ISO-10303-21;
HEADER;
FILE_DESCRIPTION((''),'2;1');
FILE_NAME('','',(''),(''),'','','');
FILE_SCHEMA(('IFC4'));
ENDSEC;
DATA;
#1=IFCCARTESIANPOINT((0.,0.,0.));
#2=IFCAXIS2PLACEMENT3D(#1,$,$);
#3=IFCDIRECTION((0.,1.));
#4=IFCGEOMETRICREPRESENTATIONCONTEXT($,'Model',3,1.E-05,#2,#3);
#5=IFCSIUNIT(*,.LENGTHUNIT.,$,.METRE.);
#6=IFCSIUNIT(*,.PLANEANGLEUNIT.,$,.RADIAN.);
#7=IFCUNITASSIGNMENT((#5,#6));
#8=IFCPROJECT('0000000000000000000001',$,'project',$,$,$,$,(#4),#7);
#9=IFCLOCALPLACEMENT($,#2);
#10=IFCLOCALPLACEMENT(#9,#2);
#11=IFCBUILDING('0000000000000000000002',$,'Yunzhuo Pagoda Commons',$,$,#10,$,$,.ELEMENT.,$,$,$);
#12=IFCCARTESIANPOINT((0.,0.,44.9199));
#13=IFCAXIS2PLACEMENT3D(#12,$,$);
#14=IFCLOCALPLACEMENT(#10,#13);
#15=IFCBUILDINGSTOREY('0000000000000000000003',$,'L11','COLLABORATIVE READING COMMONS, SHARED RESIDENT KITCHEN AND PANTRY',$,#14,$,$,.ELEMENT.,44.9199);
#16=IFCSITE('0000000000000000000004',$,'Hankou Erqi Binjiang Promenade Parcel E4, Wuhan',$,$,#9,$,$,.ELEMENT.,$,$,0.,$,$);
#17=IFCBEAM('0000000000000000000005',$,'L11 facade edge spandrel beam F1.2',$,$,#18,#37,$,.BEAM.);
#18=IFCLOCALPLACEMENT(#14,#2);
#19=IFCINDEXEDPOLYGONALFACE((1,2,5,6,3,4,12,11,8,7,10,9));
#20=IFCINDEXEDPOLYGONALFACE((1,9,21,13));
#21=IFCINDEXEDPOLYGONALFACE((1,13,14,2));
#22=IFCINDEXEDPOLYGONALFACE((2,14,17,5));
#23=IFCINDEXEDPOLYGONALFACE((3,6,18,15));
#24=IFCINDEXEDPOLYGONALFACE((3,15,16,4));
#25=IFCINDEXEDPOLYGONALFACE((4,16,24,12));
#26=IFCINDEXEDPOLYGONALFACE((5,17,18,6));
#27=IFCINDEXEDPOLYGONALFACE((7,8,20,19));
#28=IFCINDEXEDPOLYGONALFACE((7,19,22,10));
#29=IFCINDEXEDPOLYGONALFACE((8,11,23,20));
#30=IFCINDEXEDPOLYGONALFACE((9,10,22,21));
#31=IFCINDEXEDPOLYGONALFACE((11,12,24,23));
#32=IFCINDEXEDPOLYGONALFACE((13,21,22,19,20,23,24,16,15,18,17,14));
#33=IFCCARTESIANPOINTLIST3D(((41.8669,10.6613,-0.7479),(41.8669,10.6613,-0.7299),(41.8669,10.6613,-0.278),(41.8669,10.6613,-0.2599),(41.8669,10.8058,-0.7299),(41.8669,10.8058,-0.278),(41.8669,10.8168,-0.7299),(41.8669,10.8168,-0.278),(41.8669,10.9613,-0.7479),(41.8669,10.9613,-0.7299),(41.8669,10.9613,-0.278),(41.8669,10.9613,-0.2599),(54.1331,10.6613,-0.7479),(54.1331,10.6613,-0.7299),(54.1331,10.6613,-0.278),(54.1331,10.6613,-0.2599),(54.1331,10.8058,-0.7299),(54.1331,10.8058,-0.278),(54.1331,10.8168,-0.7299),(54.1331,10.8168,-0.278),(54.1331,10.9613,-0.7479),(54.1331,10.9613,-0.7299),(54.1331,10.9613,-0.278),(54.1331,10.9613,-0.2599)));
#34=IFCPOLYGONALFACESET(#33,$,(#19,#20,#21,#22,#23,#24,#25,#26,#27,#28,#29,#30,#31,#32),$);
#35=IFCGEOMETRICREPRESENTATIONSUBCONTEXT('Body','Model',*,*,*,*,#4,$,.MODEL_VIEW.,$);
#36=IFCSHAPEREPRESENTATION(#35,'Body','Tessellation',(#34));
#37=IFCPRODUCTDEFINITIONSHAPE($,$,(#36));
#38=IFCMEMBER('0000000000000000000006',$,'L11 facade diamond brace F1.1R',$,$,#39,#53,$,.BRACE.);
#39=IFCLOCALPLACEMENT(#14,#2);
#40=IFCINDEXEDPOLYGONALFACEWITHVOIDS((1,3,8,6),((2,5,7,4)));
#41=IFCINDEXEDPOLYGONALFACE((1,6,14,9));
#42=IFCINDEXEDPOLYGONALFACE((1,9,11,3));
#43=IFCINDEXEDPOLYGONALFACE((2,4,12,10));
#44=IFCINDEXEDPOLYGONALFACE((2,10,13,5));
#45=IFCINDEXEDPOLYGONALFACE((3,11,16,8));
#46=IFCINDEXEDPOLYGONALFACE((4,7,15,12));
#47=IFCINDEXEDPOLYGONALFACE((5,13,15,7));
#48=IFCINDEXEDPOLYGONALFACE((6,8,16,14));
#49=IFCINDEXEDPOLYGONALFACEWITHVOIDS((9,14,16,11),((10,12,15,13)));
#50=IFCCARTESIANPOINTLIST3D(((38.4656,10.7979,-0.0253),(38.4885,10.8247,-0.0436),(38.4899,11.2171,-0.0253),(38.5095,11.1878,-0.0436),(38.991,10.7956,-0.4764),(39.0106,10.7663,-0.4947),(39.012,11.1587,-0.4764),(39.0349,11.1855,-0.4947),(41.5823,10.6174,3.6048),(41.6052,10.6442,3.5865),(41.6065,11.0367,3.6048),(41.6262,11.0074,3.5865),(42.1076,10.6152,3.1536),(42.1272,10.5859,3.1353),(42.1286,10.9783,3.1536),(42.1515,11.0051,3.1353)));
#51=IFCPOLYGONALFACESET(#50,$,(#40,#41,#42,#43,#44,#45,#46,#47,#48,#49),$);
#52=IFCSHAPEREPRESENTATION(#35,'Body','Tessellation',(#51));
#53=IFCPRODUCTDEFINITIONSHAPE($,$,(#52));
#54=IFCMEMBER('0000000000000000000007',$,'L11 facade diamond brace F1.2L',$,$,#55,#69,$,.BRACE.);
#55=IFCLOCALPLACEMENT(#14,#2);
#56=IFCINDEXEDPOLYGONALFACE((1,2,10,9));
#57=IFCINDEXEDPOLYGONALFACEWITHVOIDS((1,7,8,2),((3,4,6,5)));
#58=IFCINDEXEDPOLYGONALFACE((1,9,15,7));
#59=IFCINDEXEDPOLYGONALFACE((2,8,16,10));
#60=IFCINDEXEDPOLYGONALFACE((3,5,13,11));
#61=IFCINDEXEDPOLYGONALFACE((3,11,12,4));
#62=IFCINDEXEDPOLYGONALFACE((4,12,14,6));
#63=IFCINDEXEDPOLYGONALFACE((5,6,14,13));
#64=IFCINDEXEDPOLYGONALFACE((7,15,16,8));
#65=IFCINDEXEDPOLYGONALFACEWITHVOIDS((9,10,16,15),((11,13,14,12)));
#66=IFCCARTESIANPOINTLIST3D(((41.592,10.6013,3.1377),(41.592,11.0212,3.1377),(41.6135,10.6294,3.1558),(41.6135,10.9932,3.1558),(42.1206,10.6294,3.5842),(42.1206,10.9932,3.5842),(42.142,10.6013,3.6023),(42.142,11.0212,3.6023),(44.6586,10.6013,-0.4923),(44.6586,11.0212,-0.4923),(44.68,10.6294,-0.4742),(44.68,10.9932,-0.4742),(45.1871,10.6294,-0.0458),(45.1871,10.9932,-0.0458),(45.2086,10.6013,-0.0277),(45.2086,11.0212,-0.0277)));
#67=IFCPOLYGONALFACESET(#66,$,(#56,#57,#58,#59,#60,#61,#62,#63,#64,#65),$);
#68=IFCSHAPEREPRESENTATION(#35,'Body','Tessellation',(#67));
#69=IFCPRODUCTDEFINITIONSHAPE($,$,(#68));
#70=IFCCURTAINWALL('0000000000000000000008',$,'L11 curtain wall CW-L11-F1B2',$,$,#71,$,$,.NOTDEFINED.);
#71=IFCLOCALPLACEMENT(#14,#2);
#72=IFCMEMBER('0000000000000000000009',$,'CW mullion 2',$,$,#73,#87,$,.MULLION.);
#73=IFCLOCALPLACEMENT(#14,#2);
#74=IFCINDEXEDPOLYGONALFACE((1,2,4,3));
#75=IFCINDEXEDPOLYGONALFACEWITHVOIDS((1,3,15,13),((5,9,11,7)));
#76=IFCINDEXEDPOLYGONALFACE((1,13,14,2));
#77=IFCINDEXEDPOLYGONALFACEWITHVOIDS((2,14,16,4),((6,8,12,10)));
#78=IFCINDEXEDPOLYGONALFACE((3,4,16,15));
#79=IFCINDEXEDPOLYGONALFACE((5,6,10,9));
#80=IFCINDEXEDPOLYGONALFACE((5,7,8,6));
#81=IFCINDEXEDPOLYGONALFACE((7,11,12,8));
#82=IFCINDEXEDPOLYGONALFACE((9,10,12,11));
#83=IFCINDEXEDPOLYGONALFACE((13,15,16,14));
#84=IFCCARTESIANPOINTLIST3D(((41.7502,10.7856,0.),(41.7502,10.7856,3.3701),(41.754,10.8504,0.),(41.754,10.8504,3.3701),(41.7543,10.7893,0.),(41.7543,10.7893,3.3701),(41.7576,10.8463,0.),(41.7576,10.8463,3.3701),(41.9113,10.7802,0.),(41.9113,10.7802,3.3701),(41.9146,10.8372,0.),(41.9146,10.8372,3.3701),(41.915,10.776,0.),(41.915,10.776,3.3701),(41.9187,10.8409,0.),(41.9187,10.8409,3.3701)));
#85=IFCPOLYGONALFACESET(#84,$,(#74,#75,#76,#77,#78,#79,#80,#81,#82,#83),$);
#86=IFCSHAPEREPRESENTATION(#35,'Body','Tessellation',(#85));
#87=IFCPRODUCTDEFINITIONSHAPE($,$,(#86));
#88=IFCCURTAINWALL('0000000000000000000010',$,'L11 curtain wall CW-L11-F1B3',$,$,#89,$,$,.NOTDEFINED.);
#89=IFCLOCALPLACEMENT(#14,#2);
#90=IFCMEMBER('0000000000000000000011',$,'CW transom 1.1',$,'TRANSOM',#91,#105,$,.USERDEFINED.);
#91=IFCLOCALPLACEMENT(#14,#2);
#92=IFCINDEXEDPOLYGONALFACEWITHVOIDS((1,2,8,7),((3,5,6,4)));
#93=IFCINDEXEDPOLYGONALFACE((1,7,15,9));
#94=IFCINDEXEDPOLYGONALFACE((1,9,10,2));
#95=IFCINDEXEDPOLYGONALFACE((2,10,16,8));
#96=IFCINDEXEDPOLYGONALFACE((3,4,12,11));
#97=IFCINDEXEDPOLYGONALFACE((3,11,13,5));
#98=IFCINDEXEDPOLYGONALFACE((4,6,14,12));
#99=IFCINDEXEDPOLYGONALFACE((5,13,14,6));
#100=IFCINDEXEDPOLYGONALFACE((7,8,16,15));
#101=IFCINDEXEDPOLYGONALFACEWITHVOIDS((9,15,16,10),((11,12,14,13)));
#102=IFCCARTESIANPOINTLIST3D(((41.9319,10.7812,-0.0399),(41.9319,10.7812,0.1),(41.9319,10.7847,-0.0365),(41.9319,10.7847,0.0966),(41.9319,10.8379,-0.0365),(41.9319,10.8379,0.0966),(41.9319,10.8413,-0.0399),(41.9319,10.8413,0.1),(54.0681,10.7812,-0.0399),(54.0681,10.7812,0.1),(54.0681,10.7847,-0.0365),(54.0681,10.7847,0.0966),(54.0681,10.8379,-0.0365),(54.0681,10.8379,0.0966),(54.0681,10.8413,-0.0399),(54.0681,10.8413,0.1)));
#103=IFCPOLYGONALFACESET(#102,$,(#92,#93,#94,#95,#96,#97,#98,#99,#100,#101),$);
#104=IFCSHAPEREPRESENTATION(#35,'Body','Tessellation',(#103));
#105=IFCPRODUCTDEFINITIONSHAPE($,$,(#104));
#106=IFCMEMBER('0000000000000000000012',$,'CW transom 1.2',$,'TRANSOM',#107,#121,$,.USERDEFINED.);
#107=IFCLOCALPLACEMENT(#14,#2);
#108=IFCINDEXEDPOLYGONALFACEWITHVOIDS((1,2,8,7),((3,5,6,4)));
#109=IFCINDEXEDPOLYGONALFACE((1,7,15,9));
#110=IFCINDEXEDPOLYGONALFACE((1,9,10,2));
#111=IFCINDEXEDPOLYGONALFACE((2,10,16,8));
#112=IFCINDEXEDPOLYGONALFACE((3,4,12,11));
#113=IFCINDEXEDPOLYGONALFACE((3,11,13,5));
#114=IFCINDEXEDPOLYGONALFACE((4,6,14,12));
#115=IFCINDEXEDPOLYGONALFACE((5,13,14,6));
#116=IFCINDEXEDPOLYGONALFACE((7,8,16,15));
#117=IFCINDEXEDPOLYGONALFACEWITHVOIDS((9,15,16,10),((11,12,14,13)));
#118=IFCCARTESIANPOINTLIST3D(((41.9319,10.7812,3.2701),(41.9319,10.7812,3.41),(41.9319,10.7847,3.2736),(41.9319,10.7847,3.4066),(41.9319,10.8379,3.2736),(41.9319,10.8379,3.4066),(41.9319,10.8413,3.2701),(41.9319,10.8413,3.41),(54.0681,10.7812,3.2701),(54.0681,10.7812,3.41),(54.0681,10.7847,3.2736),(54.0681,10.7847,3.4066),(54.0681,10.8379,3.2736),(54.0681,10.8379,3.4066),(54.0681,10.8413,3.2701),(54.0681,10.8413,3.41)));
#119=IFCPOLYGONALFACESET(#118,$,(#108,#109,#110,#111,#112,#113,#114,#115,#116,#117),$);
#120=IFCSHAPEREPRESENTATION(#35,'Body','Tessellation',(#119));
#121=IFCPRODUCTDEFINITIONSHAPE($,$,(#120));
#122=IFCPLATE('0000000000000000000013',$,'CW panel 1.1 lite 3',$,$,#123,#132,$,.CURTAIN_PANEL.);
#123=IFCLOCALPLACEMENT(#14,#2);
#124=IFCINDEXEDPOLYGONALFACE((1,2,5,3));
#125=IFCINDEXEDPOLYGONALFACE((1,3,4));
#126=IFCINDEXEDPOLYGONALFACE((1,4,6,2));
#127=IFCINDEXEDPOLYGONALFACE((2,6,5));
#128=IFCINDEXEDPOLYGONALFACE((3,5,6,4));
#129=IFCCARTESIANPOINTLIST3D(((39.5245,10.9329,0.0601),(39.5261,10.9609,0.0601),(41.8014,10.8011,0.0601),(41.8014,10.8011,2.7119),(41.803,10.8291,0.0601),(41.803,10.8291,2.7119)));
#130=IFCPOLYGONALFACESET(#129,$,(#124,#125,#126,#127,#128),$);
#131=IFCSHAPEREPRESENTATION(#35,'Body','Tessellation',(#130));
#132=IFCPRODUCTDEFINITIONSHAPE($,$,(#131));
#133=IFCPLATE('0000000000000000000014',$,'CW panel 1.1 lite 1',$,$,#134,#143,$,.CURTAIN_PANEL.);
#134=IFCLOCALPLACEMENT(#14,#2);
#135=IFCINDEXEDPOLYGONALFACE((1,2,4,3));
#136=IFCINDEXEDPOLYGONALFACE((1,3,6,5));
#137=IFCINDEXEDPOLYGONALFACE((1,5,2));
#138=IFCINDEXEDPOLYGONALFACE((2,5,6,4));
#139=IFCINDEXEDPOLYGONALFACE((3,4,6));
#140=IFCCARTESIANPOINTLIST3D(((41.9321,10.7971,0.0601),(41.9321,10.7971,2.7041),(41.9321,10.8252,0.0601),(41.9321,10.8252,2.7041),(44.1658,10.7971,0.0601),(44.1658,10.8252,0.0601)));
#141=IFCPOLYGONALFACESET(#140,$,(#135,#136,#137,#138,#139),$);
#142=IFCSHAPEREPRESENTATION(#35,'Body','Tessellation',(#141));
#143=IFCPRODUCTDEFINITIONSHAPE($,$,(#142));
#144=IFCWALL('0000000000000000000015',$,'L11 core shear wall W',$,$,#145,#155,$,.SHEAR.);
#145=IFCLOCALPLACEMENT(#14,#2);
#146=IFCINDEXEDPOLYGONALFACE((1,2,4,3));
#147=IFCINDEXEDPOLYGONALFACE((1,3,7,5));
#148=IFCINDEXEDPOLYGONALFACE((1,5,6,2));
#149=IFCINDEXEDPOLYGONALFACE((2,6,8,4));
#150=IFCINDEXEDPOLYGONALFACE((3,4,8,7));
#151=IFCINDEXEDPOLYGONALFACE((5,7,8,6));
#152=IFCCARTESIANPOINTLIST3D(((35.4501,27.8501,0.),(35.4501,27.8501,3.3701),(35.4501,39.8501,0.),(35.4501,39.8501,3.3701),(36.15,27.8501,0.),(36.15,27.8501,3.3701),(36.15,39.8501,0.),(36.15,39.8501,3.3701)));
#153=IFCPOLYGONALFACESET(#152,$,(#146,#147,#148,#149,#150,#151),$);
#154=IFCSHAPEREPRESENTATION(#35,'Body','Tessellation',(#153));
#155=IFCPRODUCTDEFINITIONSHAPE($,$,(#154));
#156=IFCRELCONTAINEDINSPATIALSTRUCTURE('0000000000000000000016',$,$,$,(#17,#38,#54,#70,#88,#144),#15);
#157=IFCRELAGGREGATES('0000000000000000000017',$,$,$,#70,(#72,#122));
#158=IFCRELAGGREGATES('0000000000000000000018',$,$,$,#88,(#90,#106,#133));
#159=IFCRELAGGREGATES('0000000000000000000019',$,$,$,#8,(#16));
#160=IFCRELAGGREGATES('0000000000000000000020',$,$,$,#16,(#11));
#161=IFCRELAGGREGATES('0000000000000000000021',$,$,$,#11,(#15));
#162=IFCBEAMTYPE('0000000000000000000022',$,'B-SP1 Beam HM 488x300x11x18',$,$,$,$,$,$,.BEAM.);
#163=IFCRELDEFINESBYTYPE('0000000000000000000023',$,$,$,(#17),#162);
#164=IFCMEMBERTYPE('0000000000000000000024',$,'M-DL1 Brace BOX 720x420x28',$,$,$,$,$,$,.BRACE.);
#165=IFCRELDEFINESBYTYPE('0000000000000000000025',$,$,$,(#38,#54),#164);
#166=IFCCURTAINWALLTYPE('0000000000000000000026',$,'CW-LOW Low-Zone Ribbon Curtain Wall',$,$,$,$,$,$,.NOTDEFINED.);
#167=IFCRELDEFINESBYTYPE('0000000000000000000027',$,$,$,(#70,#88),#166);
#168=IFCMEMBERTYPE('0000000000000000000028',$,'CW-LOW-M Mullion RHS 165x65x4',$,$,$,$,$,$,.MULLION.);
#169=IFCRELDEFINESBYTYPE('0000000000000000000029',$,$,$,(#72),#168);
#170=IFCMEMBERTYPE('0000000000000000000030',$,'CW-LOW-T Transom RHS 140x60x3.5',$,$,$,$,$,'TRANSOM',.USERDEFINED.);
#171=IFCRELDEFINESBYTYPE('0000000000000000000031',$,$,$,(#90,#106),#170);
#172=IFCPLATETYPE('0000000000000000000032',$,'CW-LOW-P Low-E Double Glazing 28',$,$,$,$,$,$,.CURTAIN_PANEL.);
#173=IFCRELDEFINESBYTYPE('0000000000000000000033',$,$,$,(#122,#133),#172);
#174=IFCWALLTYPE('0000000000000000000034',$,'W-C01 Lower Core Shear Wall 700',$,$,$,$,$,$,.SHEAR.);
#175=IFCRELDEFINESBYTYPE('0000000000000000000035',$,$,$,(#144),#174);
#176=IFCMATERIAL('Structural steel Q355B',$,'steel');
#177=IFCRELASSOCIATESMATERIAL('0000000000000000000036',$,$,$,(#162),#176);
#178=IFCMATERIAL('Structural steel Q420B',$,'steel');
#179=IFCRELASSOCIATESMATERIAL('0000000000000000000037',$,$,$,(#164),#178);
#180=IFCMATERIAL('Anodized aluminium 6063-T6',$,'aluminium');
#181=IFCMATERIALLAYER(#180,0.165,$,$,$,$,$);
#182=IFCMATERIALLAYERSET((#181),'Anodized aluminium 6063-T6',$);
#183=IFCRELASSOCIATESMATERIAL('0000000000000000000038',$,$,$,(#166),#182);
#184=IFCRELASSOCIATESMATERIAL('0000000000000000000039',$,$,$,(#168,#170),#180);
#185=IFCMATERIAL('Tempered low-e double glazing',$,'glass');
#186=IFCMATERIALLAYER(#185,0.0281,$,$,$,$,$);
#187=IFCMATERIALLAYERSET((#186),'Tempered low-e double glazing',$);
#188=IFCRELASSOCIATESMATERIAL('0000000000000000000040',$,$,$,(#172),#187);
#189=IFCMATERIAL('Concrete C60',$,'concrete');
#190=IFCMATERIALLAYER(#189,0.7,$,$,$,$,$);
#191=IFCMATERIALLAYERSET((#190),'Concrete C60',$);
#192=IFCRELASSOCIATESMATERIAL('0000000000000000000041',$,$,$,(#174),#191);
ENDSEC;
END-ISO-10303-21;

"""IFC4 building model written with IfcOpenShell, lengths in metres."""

from ifc_helpers import new_model, si_unit, direction, frame, frame_2d, origin, origin_2d, place, context, subcontext, project, spatial, polyline, rectangle, hollow_rectangle, i_section, outline, extrude, source, transform, mapped, material, layer, layer_set, material_profile, profile_set, type_object, element, aggregate, save


model = new_model("IFC4")

# Units and contexts
model_context = context("Model", 3, precision=1e-05, world=origin(), true_north=direction((0.0, 1.0)))
body_context = subcontext(model_context, "Body", "Model", "MODEL_VIEW")
ifc_project = project(units=[si_unit("LENGTHUNIT", "METRE"), si_unit("PLANEANGLEUNIT", "RADIAN")], contexts=[model_context])

# Site, building, storey
site_placement = place(None, origin())
site = spatial("IfcSite", under=ifc_project, at=site_placement, Name="Hankou Erqi Binjiang Promenade Parcel E4, Wuhan", CompositionType="ELEMENT", RefElevation=0.0)
building_placement = place(site_placement, origin())
building = spatial("IfcBuilding", under=site, at=building_placement, Name="Yunzhuo Pagoda Commons", CompositionType="ELEMENT")
storey_placement = place(building_placement, frame((0.0, 0.0, 44.9199)))
storey = spatial("IfcBuildingStorey", under=building, at=storey_placement, Name="L11", Description="COLLABORATIVE READING COMMONS, SHARED RESIDENT KITCHEN AND PANTRY", CompositionType="ELEMENT", Elevation=44.9199)

# Shared definitions
ifc_material_1 = material(Name="Structural steel Q420B", Category="steel")

# Beam
ifc_material_2 = material(Name="Structural steel Q355B", Category="steel")
ifc_material_profile_1 = material_profile(ifc_material_2, i_section(OverallWidth=0.3, OverallDepth=0.488, WebThickness=0.011, FlangeThickness=0.0181, at=origin_2d()), Name="Structural steel Q355B")
ifc_profile_set_1 = profile_set([ifc_material_profile_1], Name="Structural steel Q355B")
beam_type_1 = type_object("IfcBeamType", Name="B-SP1 Beam HM 488x300x11x18", PredefinedType="BEAM", material=ifc_profile_set_1)
shared_shape_1 = source(origin(), body_context, "Body", "SweptSolid", [
    extrude(i_section(OverallWidth=0.3, OverallDepth=0.488, WebThickness=0.011, FlangeThickness=0.0181, at=origin_2d()), origin(), (0.0, 0.0, 1.0), 12.2661),
])
beam_1_placement = place(storey_placement, frame((41.8669, 10.8113, -0.5039), z_axis=(1.0, 0.0, 0.0), x_axis=(0.0, 1.0, 0.0)))
element("IfcBeam", 1, at=beam_1_placement, inside=storey, type_object=beam_type_1, Name="L11 facade edge spandrel beam F1.2", PredefinedType="BEAM", context=body_context, shape_type="MappedRepresentation", body=[
    mapped(shared_shape_1, transform((0.0, 0.0, 0.0), scale=1.0)),
])

# Members
ifc_material_profile_2 = material_profile(ifc_material_1, hollow_rectangle(XDim=0.4199, YDim=0.72, WallThickness=0.0281, at=origin_2d()), Name="Structural steel Q420B")
ifc_profile_set_2 = profile_set([ifc_material_profile_2], Name="Structural steel Q420B")
member_type_1 = type_object("IfcMemberType", Name="M-DL1 Brace BOX 720x420x28", PredefinedType="BRACE", material=ifc_profile_set_2)
shared_shape_2 = source(origin(), body_context, "Body", "SweptSolid", [
    extrude(hollow_rectangle(XDim=0.4199, YDim=0.72, WallThickness=0.0281, at=origin_2d()), origin(), (0.0, 0.0, 1.0), 4.7878),
])
member_1_placement = place(storey_placement, frame((38.7502, 10.9917, -0.26), z_axis=(0.65095, -0.037682, 0.758184), x_axis=(0.057791, 0.998329, 0.0)))
element("IfcMember", 2, at=member_1_placement, inside=storey, type_object=member_type_1, Name="L11 facade diamond brace F1.1R", PredefinedType="BRACE", context=body_context, shape_type="MappedRepresentation", body=[
    mapped(shared_shape_2, transform((0.0, 0.0, 0.0), scale=1.0)),
])
shared_shape_3 = source(origin(), body_context, "Body", "SweptSolid", [
    extrude(hollow_rectangle(XDim=0.4199, YDim=0.72, WallThickness=0.0281, at=origin_2d()), origin(), (0.0, 0.0, 1.0), 4.752),
])
member_2_placement = place(storey_placement, frame((44.9336, 10.8113, -0.26), z_axis=(-0.645329, 0.0, 0.763904), x_axis=(0.0, -1.0, 0.0)))
element("IfcMember", 3, at=member_2_placement, inside=storey, type_object=member_type_1, Name="L11 facade diamond brace F1.2L", PredefinedType="BRACE", context=body_context, shape_type="MappedRepresentation", body=[
    mapped(shared_shape_3, transform((0.0, 0.0, 0.0), scale=1.0)),
])

# Curtain wall, member
ifc_material_3 = material(Name="Anodized aluminium 6063-T6", Category="aluminium")
ifc_layer_1 = layer(ifc_material_3, 0.165)
ifc_layer_set_1 = layer_set([ifc_layer_1], Name="Anodized aluminium 6063-T6")
curtain_wall_type = type_object("IfcCurtainWallType", Name="CW-LOW Low-Zone Ribbon Curtain Wall", PredefinedType="NOTDEFINED", material=ifc_layer_set_1)
curtain_wall_1_placement = place(storey_placement, origin())
curtain_wall_1 = element("IfcCurtainWall", 4, at=curtain_wall_1_placement, inside=storey, type_object=curtain_wall_type, Name="L11 curtain wall CW-L11-F1B2", PredefinedType="NOTDEFINED")
ifc_material_profile_3 = material_profile(ifc_material_3, hollow_rectangle(XDim=0.0649, YDim=0.165, WallThickness=0.0039, at=origin_2d()), Name="Anodized aluminium 6063-T6")
ifc_profile_set_3 = profile_set([ifc_material_profile_3], Name="Anodized aluminium 6063-T6")
member_type_2 = type_object("IfcMemberType", Name="CW-LOW-M Mullion RHS 165x65x4", PredefinedType="MULLION", material=ifc_profile_set_3)
shared_shape_4 = source(origin(), body_context, "Body", "SweptSolid", [
    extrude(hollow_rectangle(XDim=0.0649, YDim=0.165, WallThickness=0.0039, at=origin_2d()), origin(), (0.0, 0.0, 1.0), 3.3701),
])
member_3_placement = place(storey_placement, frame((41.8345, 10.8132, 0.0), z_axis=(0.0, 0.0, 1.0), x_axis=(0.057791, 0.998329, 0.0)))
member_3 = element("IfcMember", 5, at=member_3_placement, type_object=member_type_2, Name="CW mullion 2", PredefinedType="MULLION", context=body_context, shape_type="MappedRepresentation", body=[
    mapped(shared_shape_4, transform((0.0, 0.0, 0.0), scale=1.0)),
])

# Curtain wall, members
curtain_wall_2_placement = place(storey_placement, origin())
curtain_wall_2 = element("IfcCurtainWall", 6, at=curtain_wall_2_placement, inside=storey, type_object=curtain_wall_type, Name="L11 curtain wall CW-L11-F1B3", PredefinedType="NOTDEFINED")
ifc_material_profile_4 = material_profile(ifc_material_3, hollow_rectangle(XDim=0.0601, YDim=0.1399, WallThickness=0.0034, at=origin_2d()), Name="Anodized aluminium 6063-T6")
ifc_profile_set_4 = profile_set([ifc_material_profile_4], Name="Anodized aluminium 6063-T6")
member_type_3 = type_object("IfcMemberType", Name="CW-LOW-T Transom RHS 140x60x3.5", ElementType="TRANSOM", PredefinedType="USERDEFINED", material=ifc_profile_set_4)
shared_shape_5 = source(origin(), body_context, "Body", "SweptSolid", [
    extrude(hollow_rectangle(XDim=0.0601, YDim=0.1399, WallThickness=0.0034, at=origin_2d()), origin(), (0.0, 0.0, 1.0), 12.1362),
])
member_4_placement = place(storey_placement, frame((41.9319, 10.8113, 0.03), z_axis=(1.0, 0.0, 0.0), x_axis=(0.0, 1.0, 0.0)))
member_4 = element("IfcMember", 7, at=member_4_placement, type_object=member_type_3, Name="CW transom 1.1", ObjectType="TRANSOM", PredefinedType="USERDEFINED", context=body_context, shape_type="MappedRepresentation", body=[
    mapped(shared_shape_5, transform((0.0, 0.0, 0.0), scale=1.0)),
])
member_5_placement = place(storey_placement, frame((41.9319, 10.8113, 3.3401), z_axis=(1.0, 0.0, 0.0), x_axis=(0.0, 1.0, 0.0)))
member_5 = element("IfcMember", 8, at=member_5_placement, type_object=member_type_3, Name="CW transom 1.2", ObjectType="TRANSOM", PredefinedType="USERDEFINED", context=body_context, shape_type="MappedRepresentation", body=[
    mapped(shared_shape_5, transform((0.0, 0.0, 0.0), scale=1.0)),
])

# Plates
ifc_material_4 = material(Name="Tempered low-e double glazing", Category="glass")
ifc_layer_2 = layer(ifc_material_4, 0.0281)
ifc_layer_set_2 = layer_set([ifc_layer_2], Name="Tempered low-e double glazing")
plate_type = type_object("IfcPlateType", Name="CW-LOW-P Low-E Double Glazing 28", PredefinedType="CURTAIN_PANEL", material=ifc_layer_set_2)
plate_1_placement = place(storey_placement, frame((40.6646, 10.895, 1.386), z_axis=(-0.057791, -0.998329, 0.0), x_axis=(0.998329, -0.057791, 0.0)))
plate_1 = element("IfcPlate", 9, at=plate_1_placement, type_object=plate_type, Name="CW panel 1.1 lite 3", PredefinedType="CURTAIN_PANEL", context=body_context, shape_type="SweptSolid", body=[
    extrude(outline(polyline([(-1.1404, -1.3259), (1.1404, -1.3259), (1.1404, 1.3259), (-1.1404, -1.3259)])), origin(), (0.0, 0.0, 1.0), 0.0281),
])
aggregate(curtain_wall_1, [member_3, plate_1])
plate_2_placement = place(storey_placement, frame((43.0488, 10.8252, 1.3821), z_axis=(0.0, -1.0, 0.0), x_axis=(1.0, 0.0, 0.0)))
plate_2 = element("IfcPlate", 10, at=plate_2_placement, type_object=plate_type, Name="CW panel 1.1 lite 1", PredefinedType="CURTAIN_PANEL", context=body_context, shape_type="SweptSolid", body=[
    extrude(outline(polyline([(-1.1167, -1.322), (1.1169, -1.322), (-1.1167, 1.322), (-1.1167, -1.322)])), origin(), (0.0, 0.0, 1.0), 0.0281),
])
aggregate(curtain_wall_2, [member_4, member_5, plate_2])

# Wall
ifc_material_5 = material(Name="Concrete C60", Category="concrete")
ifc_layer_3 = layer(ifc_material_5, 0.7)
ifc_layer_set_3 = layer_set([ifc_layer_3], Name="Concrete C60")
wall_type_1 = type_object("IfcWallType", Name="W-C01 Lower Core Shear Wall 700", PredefinedType="SHEAR", material=ifc_layer_set_3)
wall_1_placement = place(storey_placement, frame((35.8, 27.8501, 0.0), z_axis=(0.0, 0.0, 1.0), x_axis=(0.0, 1.0, 0.0)))
element("IfcWall", 11, at=wall_1_placement, inside=storey, type_object=wall_type_1, Name="L11 core shear wall W", PredefinedType="SHEAR", context=body_context, shape_type="SweptSolid", body=[
    extrude(rectangle(XDim=12.0, YDim=0.7, at=frame_2d((6.0, 0.0))), origin(), (0.0, 0.0, 1.0), 3.3701),
])

save(model, "model.ifc")
